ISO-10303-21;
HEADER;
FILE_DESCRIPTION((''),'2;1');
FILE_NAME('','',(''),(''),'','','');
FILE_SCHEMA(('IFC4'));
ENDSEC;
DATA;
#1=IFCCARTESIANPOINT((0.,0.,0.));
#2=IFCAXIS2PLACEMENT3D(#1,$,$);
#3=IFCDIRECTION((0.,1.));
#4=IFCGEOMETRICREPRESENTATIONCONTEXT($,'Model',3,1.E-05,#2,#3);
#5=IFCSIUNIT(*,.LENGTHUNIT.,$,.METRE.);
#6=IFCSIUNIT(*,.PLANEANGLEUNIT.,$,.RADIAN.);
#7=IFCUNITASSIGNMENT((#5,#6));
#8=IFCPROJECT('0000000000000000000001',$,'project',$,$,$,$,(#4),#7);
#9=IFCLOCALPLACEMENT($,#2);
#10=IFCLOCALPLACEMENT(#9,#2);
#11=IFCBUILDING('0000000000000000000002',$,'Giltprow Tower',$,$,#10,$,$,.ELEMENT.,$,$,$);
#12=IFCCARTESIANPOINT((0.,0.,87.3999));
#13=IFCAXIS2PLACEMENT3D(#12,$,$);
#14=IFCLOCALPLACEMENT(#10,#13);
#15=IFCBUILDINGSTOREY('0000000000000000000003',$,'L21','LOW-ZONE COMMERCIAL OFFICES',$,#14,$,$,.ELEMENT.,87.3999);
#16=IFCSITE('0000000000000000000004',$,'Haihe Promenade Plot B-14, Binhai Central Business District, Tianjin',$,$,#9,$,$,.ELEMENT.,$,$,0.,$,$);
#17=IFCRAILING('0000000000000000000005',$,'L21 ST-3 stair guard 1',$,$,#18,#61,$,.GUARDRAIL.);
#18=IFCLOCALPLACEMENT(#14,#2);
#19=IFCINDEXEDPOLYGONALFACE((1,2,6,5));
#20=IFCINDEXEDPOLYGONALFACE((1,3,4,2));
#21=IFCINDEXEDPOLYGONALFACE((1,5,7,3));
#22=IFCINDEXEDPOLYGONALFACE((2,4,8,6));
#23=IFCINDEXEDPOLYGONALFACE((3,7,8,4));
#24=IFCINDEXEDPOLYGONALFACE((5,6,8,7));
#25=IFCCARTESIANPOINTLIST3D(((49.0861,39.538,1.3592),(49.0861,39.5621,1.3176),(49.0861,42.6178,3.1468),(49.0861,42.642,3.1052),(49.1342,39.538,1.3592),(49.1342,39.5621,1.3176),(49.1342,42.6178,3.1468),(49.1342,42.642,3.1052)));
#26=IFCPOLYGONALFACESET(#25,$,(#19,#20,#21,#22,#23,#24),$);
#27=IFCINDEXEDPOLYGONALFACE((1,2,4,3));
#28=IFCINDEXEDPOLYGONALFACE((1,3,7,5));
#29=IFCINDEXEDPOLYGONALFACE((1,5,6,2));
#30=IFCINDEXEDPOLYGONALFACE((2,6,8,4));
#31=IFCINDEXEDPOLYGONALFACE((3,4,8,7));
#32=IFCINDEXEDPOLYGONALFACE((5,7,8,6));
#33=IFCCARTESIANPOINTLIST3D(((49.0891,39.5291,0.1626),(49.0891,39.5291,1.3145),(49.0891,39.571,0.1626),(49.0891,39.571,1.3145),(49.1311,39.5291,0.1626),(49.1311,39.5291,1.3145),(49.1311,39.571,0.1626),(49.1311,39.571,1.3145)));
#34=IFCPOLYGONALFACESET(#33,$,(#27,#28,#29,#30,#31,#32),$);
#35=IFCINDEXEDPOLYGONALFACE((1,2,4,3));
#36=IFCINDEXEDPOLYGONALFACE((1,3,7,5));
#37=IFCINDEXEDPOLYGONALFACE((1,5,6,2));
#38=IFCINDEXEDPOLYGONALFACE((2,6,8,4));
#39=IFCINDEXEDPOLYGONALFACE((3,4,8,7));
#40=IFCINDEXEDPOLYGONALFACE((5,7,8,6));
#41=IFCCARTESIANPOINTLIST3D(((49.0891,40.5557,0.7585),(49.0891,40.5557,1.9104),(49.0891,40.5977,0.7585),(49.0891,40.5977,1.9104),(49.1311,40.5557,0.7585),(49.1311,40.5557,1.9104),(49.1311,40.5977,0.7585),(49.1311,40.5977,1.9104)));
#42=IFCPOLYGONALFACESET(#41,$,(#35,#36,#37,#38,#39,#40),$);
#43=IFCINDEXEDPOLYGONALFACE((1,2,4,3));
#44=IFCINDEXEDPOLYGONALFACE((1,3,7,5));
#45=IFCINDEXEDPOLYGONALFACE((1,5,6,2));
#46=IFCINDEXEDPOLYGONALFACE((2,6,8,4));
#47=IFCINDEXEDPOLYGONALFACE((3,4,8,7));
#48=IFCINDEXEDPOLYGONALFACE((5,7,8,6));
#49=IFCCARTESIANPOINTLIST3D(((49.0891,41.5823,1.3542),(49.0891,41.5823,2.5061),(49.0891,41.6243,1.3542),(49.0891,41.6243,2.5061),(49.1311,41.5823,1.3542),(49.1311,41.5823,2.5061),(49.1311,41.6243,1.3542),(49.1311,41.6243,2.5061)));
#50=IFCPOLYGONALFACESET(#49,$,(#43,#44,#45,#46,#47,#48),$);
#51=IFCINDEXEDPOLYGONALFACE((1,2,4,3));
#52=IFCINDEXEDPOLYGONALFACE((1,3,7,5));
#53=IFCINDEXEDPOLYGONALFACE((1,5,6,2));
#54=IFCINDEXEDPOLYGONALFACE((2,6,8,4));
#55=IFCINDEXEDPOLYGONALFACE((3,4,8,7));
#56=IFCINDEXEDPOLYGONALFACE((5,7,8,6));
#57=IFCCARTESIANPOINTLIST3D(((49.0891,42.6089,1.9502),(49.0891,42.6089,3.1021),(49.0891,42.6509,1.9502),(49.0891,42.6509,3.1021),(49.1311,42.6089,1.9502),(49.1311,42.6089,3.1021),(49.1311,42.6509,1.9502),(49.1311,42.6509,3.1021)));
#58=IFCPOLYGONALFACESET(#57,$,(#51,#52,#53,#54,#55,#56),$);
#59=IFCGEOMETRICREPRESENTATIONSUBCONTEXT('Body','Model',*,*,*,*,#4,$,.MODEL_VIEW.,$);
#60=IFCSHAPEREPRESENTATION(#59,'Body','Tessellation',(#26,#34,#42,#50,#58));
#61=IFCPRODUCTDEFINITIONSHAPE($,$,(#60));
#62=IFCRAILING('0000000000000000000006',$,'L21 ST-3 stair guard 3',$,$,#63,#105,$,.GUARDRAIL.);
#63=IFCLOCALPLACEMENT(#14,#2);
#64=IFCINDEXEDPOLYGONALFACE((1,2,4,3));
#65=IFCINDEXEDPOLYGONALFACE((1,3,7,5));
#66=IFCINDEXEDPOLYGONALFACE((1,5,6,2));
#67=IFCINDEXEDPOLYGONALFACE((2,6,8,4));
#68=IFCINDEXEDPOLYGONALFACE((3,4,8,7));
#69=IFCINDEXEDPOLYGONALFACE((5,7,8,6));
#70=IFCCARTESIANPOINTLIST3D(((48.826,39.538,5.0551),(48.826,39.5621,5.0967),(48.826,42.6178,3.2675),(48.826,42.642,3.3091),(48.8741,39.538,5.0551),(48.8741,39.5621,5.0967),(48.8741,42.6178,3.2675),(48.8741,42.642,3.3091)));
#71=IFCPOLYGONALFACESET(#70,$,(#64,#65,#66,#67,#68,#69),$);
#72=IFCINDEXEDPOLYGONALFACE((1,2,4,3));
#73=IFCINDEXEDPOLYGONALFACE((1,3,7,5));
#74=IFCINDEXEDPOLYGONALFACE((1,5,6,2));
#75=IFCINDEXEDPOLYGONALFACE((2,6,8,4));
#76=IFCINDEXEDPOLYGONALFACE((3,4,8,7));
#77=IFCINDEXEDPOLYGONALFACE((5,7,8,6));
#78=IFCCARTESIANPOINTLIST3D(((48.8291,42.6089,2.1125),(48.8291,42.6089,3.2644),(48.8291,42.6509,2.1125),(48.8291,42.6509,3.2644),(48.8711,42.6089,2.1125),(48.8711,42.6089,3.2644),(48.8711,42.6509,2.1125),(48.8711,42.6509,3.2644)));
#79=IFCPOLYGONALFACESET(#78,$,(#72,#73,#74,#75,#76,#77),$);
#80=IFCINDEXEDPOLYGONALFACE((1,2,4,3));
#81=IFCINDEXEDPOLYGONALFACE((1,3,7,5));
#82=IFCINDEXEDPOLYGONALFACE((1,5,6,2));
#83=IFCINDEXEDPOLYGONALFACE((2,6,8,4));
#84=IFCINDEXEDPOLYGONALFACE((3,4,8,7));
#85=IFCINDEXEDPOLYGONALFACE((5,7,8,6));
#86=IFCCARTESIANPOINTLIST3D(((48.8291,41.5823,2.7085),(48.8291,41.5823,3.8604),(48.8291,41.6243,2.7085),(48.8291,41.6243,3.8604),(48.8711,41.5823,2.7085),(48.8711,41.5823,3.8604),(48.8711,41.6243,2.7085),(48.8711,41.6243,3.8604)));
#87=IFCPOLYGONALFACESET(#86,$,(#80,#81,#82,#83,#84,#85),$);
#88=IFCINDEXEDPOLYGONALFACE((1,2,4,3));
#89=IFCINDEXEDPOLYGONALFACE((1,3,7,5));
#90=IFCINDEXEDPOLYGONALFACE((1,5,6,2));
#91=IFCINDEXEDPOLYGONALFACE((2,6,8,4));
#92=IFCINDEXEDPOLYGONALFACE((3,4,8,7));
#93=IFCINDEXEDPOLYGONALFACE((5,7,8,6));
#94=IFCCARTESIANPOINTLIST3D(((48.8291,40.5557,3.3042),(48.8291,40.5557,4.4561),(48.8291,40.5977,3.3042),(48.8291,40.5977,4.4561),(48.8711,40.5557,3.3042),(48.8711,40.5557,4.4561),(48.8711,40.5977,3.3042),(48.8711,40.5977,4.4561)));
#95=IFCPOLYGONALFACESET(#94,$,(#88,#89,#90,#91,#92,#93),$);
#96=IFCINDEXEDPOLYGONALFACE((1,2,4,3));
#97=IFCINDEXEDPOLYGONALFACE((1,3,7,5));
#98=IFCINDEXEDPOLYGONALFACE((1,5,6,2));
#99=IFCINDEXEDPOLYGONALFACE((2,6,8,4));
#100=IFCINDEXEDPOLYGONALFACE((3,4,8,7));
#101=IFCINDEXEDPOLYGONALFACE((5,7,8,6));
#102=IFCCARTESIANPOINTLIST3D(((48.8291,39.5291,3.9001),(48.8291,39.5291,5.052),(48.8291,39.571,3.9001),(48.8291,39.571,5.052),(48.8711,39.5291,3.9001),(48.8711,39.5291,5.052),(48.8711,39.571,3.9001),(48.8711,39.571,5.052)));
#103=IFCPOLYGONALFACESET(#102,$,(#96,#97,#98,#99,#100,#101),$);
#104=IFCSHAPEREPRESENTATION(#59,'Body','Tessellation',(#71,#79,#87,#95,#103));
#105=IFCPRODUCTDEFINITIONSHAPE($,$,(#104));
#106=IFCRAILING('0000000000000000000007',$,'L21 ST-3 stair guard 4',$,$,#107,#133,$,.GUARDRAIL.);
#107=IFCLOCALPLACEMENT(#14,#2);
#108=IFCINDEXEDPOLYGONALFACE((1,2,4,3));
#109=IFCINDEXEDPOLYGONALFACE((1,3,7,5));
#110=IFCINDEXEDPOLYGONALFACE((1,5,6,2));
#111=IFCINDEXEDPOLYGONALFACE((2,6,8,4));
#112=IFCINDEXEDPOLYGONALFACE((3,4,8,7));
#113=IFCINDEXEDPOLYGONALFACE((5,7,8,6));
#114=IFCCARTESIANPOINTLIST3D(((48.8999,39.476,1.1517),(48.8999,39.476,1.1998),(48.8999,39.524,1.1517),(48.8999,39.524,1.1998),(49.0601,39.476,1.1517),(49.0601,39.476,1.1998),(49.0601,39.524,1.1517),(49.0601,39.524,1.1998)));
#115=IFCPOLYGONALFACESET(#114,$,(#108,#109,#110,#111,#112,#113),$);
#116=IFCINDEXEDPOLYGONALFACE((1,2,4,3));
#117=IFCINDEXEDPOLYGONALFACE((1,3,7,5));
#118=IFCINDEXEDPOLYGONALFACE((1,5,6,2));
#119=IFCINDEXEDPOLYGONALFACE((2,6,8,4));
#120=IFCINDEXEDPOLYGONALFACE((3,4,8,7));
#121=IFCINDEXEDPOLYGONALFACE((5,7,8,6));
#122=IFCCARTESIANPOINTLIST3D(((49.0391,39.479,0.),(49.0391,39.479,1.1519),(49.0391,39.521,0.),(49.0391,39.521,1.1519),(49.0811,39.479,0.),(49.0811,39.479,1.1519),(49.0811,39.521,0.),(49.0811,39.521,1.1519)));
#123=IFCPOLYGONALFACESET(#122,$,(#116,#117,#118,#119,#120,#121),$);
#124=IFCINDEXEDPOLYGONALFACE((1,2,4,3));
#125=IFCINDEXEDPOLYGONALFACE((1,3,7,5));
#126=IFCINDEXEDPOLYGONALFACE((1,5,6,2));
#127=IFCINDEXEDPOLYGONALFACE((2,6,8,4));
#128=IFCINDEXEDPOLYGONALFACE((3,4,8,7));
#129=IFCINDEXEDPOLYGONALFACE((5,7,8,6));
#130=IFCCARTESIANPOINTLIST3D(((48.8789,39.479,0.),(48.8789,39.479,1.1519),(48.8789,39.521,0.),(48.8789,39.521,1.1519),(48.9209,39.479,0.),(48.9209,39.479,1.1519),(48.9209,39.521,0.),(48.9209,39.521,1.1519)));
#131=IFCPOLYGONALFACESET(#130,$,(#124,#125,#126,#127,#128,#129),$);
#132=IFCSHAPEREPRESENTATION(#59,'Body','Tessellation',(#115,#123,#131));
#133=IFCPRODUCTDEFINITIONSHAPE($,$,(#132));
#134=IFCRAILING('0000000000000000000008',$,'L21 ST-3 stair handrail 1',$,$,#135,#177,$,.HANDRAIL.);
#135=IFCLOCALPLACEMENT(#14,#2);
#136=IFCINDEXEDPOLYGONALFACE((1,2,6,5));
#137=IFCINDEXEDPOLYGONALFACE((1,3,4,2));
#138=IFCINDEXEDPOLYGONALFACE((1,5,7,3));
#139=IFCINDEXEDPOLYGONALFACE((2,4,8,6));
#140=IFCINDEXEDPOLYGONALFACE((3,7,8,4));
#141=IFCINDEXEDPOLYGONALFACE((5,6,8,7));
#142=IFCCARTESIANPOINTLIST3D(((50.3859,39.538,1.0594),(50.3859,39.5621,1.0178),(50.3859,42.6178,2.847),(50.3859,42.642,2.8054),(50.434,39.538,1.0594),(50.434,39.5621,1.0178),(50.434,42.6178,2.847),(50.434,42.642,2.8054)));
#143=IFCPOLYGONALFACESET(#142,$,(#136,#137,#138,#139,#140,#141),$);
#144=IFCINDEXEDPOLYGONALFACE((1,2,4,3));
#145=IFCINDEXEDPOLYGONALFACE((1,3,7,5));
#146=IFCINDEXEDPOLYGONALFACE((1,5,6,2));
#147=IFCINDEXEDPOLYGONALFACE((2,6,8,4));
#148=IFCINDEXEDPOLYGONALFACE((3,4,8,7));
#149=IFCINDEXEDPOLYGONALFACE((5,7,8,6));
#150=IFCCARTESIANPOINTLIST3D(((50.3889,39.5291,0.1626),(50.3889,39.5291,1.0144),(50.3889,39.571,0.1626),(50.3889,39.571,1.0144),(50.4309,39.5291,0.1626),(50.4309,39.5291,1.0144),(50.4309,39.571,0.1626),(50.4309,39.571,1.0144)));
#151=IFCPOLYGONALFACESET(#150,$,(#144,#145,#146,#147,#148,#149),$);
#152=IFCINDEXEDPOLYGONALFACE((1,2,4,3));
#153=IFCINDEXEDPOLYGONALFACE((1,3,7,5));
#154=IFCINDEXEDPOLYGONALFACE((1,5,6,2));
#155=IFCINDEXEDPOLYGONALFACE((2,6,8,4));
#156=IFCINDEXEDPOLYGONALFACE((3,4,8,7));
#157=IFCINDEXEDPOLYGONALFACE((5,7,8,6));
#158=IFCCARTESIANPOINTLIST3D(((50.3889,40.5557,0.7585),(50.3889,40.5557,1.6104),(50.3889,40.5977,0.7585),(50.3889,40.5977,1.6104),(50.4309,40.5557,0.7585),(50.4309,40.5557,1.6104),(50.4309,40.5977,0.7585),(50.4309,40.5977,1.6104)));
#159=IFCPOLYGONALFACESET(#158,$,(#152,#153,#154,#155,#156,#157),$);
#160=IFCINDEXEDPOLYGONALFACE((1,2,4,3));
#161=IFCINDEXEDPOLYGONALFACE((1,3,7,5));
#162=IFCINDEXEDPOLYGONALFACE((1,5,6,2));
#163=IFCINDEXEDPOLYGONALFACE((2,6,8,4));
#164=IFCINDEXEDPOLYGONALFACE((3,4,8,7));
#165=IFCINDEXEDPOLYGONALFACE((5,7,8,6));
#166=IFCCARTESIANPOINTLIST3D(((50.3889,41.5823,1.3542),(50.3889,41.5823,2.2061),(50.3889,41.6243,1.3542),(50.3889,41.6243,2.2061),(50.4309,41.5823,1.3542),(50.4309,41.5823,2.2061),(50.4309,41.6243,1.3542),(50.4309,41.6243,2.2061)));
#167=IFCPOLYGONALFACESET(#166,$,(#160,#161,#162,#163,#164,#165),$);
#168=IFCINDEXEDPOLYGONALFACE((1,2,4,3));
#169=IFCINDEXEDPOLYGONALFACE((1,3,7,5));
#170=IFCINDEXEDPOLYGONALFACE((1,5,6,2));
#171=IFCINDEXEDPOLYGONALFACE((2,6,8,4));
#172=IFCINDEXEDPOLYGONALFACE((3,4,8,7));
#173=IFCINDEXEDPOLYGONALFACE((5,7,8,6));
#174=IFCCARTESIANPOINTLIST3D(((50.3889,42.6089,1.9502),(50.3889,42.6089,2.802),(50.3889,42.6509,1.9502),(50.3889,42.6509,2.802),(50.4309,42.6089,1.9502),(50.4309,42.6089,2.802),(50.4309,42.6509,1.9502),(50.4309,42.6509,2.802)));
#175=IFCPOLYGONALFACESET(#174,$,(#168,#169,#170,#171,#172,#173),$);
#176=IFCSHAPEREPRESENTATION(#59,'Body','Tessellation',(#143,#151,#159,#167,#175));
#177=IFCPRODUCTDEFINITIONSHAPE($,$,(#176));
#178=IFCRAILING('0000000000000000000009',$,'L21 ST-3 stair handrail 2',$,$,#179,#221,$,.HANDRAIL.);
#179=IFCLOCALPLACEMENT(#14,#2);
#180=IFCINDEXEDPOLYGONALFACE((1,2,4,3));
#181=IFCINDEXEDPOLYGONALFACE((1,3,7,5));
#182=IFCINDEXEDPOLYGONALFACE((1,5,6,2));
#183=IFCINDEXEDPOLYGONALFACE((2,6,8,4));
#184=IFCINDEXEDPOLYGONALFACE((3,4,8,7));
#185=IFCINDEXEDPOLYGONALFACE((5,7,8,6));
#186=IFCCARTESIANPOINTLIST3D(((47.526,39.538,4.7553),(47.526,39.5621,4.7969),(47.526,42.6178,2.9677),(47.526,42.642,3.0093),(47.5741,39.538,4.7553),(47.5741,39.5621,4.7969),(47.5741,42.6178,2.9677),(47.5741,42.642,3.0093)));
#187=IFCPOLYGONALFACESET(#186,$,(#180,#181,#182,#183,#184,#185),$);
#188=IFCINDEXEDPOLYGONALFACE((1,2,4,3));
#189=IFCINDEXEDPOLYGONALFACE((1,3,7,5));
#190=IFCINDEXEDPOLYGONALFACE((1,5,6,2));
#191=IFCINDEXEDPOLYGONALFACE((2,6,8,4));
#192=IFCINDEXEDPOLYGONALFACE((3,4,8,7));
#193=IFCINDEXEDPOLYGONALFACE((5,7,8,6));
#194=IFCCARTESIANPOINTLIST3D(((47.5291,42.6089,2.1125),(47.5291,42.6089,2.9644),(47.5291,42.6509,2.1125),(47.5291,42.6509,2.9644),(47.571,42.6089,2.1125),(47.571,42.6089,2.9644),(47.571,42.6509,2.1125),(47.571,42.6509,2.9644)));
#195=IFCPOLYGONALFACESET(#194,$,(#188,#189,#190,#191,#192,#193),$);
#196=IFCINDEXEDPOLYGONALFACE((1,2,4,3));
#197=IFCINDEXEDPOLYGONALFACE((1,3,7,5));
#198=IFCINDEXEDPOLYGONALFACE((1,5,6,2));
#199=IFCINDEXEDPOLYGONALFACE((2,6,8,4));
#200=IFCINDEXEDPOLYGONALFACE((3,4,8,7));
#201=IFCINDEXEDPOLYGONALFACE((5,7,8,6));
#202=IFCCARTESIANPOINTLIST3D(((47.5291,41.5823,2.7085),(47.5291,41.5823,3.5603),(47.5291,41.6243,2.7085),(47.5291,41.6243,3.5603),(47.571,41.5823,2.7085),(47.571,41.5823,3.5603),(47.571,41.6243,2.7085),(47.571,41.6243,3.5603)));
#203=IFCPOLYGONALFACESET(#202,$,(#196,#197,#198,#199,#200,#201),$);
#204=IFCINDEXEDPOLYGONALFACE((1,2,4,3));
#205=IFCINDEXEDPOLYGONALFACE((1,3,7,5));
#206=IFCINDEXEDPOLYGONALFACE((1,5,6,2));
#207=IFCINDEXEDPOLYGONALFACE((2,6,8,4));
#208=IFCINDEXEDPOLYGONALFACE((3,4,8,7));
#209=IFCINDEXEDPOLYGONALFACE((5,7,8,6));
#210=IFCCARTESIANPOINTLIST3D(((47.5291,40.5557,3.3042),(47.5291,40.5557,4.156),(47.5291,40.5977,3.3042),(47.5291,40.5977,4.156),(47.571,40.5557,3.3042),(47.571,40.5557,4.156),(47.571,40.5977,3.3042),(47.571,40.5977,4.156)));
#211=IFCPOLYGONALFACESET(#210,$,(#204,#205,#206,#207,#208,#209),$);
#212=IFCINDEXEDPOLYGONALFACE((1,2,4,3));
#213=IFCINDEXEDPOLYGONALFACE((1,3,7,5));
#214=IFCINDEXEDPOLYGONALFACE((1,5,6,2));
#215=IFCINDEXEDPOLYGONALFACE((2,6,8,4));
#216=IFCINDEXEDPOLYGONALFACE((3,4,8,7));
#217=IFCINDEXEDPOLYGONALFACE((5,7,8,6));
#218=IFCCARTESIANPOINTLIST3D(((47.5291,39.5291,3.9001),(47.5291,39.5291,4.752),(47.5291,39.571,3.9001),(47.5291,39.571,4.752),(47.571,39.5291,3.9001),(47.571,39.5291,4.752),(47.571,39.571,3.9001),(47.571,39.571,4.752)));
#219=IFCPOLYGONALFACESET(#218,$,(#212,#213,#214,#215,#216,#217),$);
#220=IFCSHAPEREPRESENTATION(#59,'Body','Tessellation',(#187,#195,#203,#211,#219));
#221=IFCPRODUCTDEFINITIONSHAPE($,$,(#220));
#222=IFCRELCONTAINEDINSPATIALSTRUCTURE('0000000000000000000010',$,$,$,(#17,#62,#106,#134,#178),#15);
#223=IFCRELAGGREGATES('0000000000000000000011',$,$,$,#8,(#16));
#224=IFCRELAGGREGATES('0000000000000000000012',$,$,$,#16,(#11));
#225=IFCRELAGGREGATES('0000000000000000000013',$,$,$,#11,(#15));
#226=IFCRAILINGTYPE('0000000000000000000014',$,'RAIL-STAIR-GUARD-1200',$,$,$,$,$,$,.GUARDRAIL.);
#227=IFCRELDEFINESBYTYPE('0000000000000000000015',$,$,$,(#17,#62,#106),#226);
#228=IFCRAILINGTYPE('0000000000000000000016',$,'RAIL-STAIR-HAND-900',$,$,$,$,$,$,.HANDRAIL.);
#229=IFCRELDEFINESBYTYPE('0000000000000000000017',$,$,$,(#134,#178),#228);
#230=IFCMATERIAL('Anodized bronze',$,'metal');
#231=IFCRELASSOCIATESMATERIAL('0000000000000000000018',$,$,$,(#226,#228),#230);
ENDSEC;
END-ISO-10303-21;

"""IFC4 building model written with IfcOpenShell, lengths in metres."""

from ifc_helpers import new_model, si_unit, direction, frame, origin, origin_2d, place, context, subcontext, project, spatial, rectangle, extrude, material, type_object, element, save


model = new_model("IFC4")

# Units and contexts
model_context = context("Model", 3, precision=1e-05, world=origin(), true_north=direction((0.0, 1.0)))
body_context = subcontext(model_context, "Body", "Model", "MODEL_VIEW")
ifc_project = project(units=[si_unit("LENGTHUNIT", "METRE"), si_unit("PLANEANGLEUNIT", "RADIAN")], contexts=[model_context])

# Site, building, storey
site_placement = place(None, origin())
site = spatial("IfcSite", under=ifc_project, at=site_placement, Name="Haihe Promenade Plot B-14, Binhai Central Business District, Tianjin", CompositionType="ELEMENT", RefElevation=0.0)
building_placement = place(site_placement, origin())
building = spatial("IfcBuilding", under=site, at=building_placement, Name="Giltprow Tower", CompositionType="ELEMENT")
storey_placement = place(building_placement, frame((0.0, 0.0, 87.3999)))
storey = spatial("IfcBuildingStorey", under=building, at=storey_placement, Name="L21", Description="LOW-ZONE COMMERCIAL OFFICES", CompositionType="ELEMENT", Elevation=87.3999)

# Railings
ifc_material_1 = material(Name="Anodized bronze", Category="metal")
railing_type_1 = type_object("IfcRailingType", Name="RAIL-STAIR-GUARD-1200", PredefinedType="GUARDRAIL", material=ifc_material_1)
railing_1_placement = place(storey_placement, frame((49.1101, 39.55, 0.1626)))
element("IfcRailing", 1, at=railing_1_placement, inside=storey, type_object=railing_type_1, Name="L21 ST-3 stair guard 1", PredefinedType="GUARDRAIL", context=body_context, shape_type="SweptSolid", body=[
    extrude(rectangle(XDim=0.0481, YDim=0.0481, at=origin_2d()), frame((0.0, 0.0, 1.1758), z_axis=(0.0, 0.864873, 0.50199), x_axis=(-1.0, 0.0, 0.0)), (0.0, 0.0, 1.0), 3.561),
    extrude(rectangle(XDim=0.042, YDim=0.042, at=origin_2d()), origin(), (0.0, 0.0, 1.0), 1.1519),
    extrude(rectangle(XDim=0.042, YDim=0.042, at=origin_2d()), frame((0.0, 1.0266, 0.5959)), (0.0, 0.0, 1.0), 1.1519),
    extrude(rectangle(XDim=0.042, YDim=0.042, at=origin_2d()), frame((0.0, 2.0532, 1.1917)), (0.0, 0.0, 1.0), 1.1519),
    extrude(rectangle(XDim=0.042, YDim=0.042, at=origin_2d()), frame((0.0, 3.0798, 1.7876)), (0.0, 0.0, 1.0), 1.1519),
])
railing_2_placement = place(storey_placement, frame((48.8501, 42.6299, 2.1125)))
element("IfcRailing", 2, at=railing_2_placement, inside=storey, type_object=railing_type_1, Name="L21 ST-3 stair guard 3", PredefinedType="GUARDRAIL", context=body_context, shape_type="SweptSolid", body=[
    extrude(rectangle(XDim=0.0481, YDim=0.0481, at=origin_2d()), frame((0.0, 0.0, 1.1758), z_axis=(0.0, -0.864873, 0.50199), x_axis=(1.0, 0.0, 0.0)), (0.0, 0.0, 1.0), 3.561),
    extrude(rectangle(XDim=0.042, YDim=0.042, at=origin_2d()), origin(), (0.0, 0.0, 1.0), 1.1519),
    extrude(rectangle(XDim=0.042, YDim=0.042, at=origin_2d()), frame((0.0, -1.0266, 0.5959)), (0.0, 0.0, 1.0), 1.1519),
    extrude(rectangle(XDim=0.042, YDim=0.042, at=origin_2d()), frame((0.0, -2.0532, 1.1917)), (0.0, 0.0, 1.0), 1.1519),
    extrude(rectangle(XDim=0.042, YDim=0.042, at=origin_2d()), frame((0.0, -3.0798, 1.7876)), (0.0, 0.0, 1.0), 1.1519),
])
railing_3_placement = place(storey_placement, frame((49.0601, 39.5, 0.0)))
element("IfcRailing", 3, at=railing_3_placement, inside=storey, type_object=railing_type_1, Name="L21 ST-3 stair guard 4", PredefinedType="GUARDRAIL", context=body_context, shape_type="SweptSolid", body=[
    extrude(rectangle(XDim=0.0481, YDim=0.0481, at=origin_2d()), frame((0.0, 0.0, 1.1758), z_axis=(-1.0, 0.0, 0.0), x_axis=(0.0, -1.0, 0.0)), (0.0, 0.0, 1.0), 0.1602),
    extrude(rectangle(XDim=0.042, YDim=0.042, at=origin_2d()), origin(), (0.0, 0.0, 1.0), 1.1519),
    extrude(rectangle(XDim=0.042, YDim=0.042, at=origin_2d()), frame((-0.1602, 0.0, 0.0)), (0.0, 0.0, 1.0), 1.1519),
])
railing_type_2 = type_object("IfcRailingType", Name="RAIL-STAIR-HAND-900", PredefinedType="HANDRAIL", material=ifc_material_1)
railing_4_placement = place(storey_placement, frame((50.4099, 39.55, 0.1626)))
element("IfcRailing", 4, at=railing_4_placement, inside=storey, type_object=railing_type_2, Name="L21 ST-3 stair handrail 1", PredefinedType="HANDRAIL", context=body_context, shape_type="SweptSolid", body=[
    extrude(rectangle(XDim=0.0481, YDim=0.0481, at=origin_2d()), frame((0.0, 0.0, 0.876), z_axis=(0.0, 0.864873, 0.50199), x_axis=(-1.0, 0.0, 0.0)), (0.0, 0.0, 1.0), 3.561),
    extrude(rectangle(XDim=0.042, YDim=0.042, at=origin_2d()), origin(), (0.0, 0.0, 1.0), 0.8518),
    extrude(rectangle(XDim=0.042, YDim=0.042, at=origin_2d()), frame((0.0, 1.0266, 0.5959)), (0.0, 0.0, 1.0), 0.8518),
    extrude(rectangle(XDim=0.042, YDim=0.042, at=origin_2d()), frame((0.0, 2.0532, 1.1917)), (0.0, 0.0, 1.0), 0.8518),
    extrude(rectangle(XDim=0.042, YDim=0.042, at=origin_2d()), frame((0.0, 3.0798, 1.7876)), (0.0, 0.0, 1.0), 0.8518),
])
railing_5_placement = place(storey_placement, frame((47.55, 42.6299, 2.1125)))
element("IfcRailing", 5, at=railing_5_placement, inside=storey, type_object=railing_type_2, Name="L21 ST-3 stair handrail 2", PredefinedType="HANDRAIL", context=body_context, shape_type="SweptSolid", body=[
    extrude(rectangle(XDim=0.0481, YDim=0.0481, at=origin_2d()), frame((0.0, 0.0, 0.876), z_axis=(0.0, -0.864873, 0.50199), x_axis=(1.0, 0.0, 0.0)), (0.0, 0.0, 1.0), 3.561),
    extrude(rectangle(XDim=0.042, YDim=0.042, at=origin_2d()), origin(), (0.0, 0.0, 1.0), 0.8518),
    extrude(rectangle(XDim=0.042, YDim=0.042, at=origin_2d()), frame((0.0, -1.0266, 0.5959)), (0.0, 0.0, 1.0), 0.8518),
    extrude(rectangle(XDim=0.042, YDim=0.042, at=origin_2d()), frame((0.0, -2.0532, 1.1917)), (0.0, 0.0, 1.0), 0.8518),
    extrude(rectangle(XDim=0.042, YDim=0.042, at=origin_2d()), frame((0.0, -3.0798, 1.7876)), (0.0, 0.0, 1.0), 0.8518),
])

save(model, "model.ifc")
